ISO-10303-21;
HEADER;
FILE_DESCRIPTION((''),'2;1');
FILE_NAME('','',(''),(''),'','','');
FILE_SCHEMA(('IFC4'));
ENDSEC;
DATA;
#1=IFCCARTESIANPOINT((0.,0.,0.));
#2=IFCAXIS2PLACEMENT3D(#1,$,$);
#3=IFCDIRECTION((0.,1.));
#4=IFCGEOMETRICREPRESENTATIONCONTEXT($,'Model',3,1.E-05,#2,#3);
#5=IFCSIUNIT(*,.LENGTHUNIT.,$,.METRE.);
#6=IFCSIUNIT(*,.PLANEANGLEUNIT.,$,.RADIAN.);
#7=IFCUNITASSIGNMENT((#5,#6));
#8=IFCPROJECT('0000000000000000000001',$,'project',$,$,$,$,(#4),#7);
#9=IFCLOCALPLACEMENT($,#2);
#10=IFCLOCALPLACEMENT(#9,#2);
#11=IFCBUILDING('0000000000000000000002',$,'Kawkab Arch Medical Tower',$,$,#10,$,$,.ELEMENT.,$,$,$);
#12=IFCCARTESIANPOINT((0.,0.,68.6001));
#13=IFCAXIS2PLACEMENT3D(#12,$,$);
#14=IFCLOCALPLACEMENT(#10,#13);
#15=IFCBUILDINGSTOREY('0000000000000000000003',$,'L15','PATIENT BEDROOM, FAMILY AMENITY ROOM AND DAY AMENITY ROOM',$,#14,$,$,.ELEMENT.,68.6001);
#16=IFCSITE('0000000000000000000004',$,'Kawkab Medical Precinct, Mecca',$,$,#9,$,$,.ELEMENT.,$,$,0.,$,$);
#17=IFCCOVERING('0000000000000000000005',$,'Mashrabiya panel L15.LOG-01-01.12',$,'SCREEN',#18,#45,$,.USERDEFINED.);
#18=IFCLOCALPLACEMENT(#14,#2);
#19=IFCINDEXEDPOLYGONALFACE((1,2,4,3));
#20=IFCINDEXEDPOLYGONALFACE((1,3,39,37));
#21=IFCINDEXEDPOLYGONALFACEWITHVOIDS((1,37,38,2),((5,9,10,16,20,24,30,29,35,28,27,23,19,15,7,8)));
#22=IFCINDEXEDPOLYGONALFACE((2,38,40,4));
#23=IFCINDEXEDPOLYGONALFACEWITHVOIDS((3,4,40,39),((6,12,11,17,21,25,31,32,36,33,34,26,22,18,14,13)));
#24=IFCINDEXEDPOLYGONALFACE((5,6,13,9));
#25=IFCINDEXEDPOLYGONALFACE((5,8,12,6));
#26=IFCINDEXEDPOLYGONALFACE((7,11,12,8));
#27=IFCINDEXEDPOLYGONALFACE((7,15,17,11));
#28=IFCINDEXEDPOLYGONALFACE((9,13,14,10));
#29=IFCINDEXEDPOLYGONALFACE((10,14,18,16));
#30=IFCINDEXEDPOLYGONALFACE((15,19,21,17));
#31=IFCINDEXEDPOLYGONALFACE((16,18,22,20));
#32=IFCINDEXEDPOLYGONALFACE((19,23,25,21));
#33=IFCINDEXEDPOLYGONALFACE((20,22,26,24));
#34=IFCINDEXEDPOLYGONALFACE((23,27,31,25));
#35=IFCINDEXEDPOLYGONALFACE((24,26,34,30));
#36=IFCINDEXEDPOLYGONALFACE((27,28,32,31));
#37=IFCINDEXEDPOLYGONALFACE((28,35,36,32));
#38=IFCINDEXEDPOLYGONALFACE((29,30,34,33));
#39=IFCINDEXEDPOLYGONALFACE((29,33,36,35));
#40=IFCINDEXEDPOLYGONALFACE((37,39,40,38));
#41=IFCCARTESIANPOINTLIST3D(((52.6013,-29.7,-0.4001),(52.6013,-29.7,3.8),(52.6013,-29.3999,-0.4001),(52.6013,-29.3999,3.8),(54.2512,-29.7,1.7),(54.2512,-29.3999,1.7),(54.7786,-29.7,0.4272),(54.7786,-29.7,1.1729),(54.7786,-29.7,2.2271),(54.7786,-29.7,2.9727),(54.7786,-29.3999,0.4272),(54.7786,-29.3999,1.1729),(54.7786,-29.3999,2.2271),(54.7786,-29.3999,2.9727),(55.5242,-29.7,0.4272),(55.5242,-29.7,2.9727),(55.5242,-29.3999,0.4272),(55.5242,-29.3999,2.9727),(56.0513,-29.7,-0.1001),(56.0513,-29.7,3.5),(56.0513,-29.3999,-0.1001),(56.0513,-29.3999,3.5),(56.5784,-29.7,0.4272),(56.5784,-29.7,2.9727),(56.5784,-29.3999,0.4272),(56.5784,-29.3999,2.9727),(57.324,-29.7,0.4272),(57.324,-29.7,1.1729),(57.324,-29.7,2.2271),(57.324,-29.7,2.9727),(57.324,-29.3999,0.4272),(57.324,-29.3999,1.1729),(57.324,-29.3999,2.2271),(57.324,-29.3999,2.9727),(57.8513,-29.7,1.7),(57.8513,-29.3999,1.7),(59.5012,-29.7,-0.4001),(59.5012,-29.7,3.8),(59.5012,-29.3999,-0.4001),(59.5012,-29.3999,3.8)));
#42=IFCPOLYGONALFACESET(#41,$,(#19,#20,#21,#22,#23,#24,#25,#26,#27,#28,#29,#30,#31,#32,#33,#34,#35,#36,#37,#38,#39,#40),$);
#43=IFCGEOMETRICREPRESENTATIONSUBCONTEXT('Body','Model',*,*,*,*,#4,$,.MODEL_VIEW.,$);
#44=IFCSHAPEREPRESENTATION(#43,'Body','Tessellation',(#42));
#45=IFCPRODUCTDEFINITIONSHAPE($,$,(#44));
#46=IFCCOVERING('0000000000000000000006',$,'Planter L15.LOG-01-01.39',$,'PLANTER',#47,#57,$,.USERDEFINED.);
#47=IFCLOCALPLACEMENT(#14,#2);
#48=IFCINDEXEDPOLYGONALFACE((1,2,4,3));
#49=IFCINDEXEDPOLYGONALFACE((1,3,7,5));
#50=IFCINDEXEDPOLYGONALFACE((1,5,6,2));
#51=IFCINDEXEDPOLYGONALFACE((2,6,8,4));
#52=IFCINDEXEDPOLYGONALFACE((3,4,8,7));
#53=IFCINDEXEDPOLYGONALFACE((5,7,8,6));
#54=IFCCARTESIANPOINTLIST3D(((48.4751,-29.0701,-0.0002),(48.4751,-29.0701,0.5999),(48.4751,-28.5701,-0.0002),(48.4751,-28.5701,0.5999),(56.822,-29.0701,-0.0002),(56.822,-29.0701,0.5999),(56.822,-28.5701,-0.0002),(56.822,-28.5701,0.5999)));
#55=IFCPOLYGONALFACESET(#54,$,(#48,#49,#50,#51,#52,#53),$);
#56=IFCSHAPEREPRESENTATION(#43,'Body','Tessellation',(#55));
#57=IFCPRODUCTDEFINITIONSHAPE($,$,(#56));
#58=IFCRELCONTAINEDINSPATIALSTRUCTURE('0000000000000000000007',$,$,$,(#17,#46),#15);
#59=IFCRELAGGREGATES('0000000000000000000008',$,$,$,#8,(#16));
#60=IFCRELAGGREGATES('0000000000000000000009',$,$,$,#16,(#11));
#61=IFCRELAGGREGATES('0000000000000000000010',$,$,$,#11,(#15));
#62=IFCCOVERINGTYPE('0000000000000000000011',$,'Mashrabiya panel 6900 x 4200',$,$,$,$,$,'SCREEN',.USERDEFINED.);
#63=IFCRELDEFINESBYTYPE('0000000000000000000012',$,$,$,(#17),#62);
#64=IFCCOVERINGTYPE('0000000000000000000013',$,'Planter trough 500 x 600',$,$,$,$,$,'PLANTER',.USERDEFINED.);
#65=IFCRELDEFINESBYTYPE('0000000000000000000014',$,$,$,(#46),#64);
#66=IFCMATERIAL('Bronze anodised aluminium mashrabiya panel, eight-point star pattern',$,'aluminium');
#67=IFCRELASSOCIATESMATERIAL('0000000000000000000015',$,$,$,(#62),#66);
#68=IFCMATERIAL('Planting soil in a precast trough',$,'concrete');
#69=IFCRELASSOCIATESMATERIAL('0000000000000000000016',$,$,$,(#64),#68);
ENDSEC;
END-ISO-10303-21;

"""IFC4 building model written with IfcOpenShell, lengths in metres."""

from ifc_helpers import new_model, si_unit, direction, frame, origin, origin_2d, place, context, subcontext, project, spatial, polyline, rectangle, outline, extrude, material, material_profile, profile_set, type_object, element, save


model = new_model("IFC4")

# Units and contexts
model_context = context("Model", 3, precision=1e-05, world=origin(), true_north=direction((0.0, 1.0)))
body_context = subcontext(model_context, "Body", "Model", "MODEL_VIEW")
ifc_project = project(units=[si_unit("LENGTHUNIT", "METRE"), si_unit("PLANEANGLEUNIT", "RADIAN")], contexts=[model_context])

# Site, building, storey
site_placement = place(None, origin())
site = spatial("IfcSite", under=ifc_project, at=site_placement, Name="Kawkab Medical Precinct, Mecca", CompositionType="ELEMENT", RefElevation=0.0)
building_placement = place(site_placement, origin())
building = spatial("IfcBuilding", under=site, at=building_placement, Name="Kawkab Arch Medical Tower", CompositionType="ELEMENT")
storey_placement = place(building_placement, frame((0.0, 0.0, 68.6001)))
storey = spatial("IfcBuildingStorey", under=building, at=storey_placement, Name="L15", Description="PATIENT BEDROOM, FAMILY AMENITY ROOM AND DAY AMENITY ROOM", CompositionType="ELEMENT", Elevation=68.6001)

# Coverings
ifc_material_1 = material(Name="Bronze anodised aluminium mashrabiya panel, eight-point star pattern", Category="aluminium")
ifc_material_profile_1 = material_profile(ifc_material_1, outline(polyline([(-3.45, -2.1001), (3.45, -2.1001), (3.45, 2.1001), (-3.45, 2.1001), (-3.45, -2.1001)]), holes=[polyline([(1.8, 0.0), (1.2727, 0.5271), (1.2727, 1.2727), (0.5271, 1.2727), (0.0, 1.8), (-0.5271, 1.2727), (-1.2727, 1.2727), (-1.2727, 0.5271), (-1.8, 0.0), (-1.2727, -0.5271), (-1.2727, -1.2727), (-0.5271, -1.2727), (0.0, -1.8), (0.5271, -1.2727), (1.2727, -1.2727), (1.2727, -0.5271), (1.8, 0.0)])]), Name="Mashrabiya panel 6900x4200")
ifc_profile_set_1 = profile_set([ifc_material_profile_1], Name="Bronze anodised aluminium mashrabiya panel, eight-point star pattern")
covering_type_1 = type_object("IfcCoveringType", Name="Mashrabiya panel 6900 x 4200", ElementType="SCREEN", PredefinedType="USERDEFINED", material=ifc_profile_set_1)
covering_1_placement = place(storey_placement, frame((56.0513, -29.3999, 1.7), z_axis=(0.0, -1.0, 0.0), x_axis=(1.0, 0.0, 0.0)))
element("IfcCovering", 1, at=covering_1_placement, inside=storey, type_object=covering_type_1, Name="Mashrabiya panel L15.LOG-01-01.12", ObjectType="SCREEN", PredefinedType="USERDEFINED", context=body_context, shape_type="SweptSolid", body=[
    extrude(outline(polyline([(-3.45, -2.1001), (3.45, -2.1001), (3.45, 2.1001), (-3.45, 2.1001), (-3.45, -2.1001)]), holes=[polyline([(1.8, 0.0), (1.2727, 0.5271), (1.2727, 1.2727), (0.5271, 1.2727), (0.0, 1.8), (-0.5271, 1.2727), (-1.2727, 1.2727), (-1.2727, 0.5271), (-1.8, 0.0), (-1.2727, -0.5271), (-1.2727, -1.2727), (-0.5271, -1.2727), (0.0, -1.8), (0.5271, -1.2727), (1.2727, -1.2727), (1.2727, -0.5271), (1.8, 0.0)])]), origin(), (0.0, 0.0, 1.0), 0.3),
])
ifc_material_2 = material(Name="Planting soil in a precast trough", Category="concrete")
ifc_material_profile_2 = material_profile(ifc_material_2, rectangle(XDim=0.5, YDim=0.6001, at=origin_2d()), Name="Trough 500x600")
ifc_profile_set_2 = profile_set([ifc_material_profile_2], Name="Planting soil in a precast trough")
covering_type_2 = type_object("IfcCoveringType", Name="Planter trough 500 x 600", ElementType="PLANTER", PredefinedType="USERDEFINED", material=ifc_profile_set_2)
covering_2_placement = place(storey_placement, frame((56.822, -28.8201, 0.2998), z_axis=(-1.0, 0.0, 0.0), x_axis=(0.0, -1.0, 0.0)))
element("IfcCovering", 2, at=covering_2_placement, inside=storey, type_object=covering_type_2, Name="Planter L15.LOG-01-01.39", ObjectType="PLANTER", PredefinedType="USERDEFINED", context=body_context, shape_type="SweptSolid", body=[
    extrude(rectangle(XDim=0.5, YDim=0.6001, at=origin_2d()), origin(), (0.0, 0.0, 1.0), 8.3469),
])

save(model, "model.ifc")
